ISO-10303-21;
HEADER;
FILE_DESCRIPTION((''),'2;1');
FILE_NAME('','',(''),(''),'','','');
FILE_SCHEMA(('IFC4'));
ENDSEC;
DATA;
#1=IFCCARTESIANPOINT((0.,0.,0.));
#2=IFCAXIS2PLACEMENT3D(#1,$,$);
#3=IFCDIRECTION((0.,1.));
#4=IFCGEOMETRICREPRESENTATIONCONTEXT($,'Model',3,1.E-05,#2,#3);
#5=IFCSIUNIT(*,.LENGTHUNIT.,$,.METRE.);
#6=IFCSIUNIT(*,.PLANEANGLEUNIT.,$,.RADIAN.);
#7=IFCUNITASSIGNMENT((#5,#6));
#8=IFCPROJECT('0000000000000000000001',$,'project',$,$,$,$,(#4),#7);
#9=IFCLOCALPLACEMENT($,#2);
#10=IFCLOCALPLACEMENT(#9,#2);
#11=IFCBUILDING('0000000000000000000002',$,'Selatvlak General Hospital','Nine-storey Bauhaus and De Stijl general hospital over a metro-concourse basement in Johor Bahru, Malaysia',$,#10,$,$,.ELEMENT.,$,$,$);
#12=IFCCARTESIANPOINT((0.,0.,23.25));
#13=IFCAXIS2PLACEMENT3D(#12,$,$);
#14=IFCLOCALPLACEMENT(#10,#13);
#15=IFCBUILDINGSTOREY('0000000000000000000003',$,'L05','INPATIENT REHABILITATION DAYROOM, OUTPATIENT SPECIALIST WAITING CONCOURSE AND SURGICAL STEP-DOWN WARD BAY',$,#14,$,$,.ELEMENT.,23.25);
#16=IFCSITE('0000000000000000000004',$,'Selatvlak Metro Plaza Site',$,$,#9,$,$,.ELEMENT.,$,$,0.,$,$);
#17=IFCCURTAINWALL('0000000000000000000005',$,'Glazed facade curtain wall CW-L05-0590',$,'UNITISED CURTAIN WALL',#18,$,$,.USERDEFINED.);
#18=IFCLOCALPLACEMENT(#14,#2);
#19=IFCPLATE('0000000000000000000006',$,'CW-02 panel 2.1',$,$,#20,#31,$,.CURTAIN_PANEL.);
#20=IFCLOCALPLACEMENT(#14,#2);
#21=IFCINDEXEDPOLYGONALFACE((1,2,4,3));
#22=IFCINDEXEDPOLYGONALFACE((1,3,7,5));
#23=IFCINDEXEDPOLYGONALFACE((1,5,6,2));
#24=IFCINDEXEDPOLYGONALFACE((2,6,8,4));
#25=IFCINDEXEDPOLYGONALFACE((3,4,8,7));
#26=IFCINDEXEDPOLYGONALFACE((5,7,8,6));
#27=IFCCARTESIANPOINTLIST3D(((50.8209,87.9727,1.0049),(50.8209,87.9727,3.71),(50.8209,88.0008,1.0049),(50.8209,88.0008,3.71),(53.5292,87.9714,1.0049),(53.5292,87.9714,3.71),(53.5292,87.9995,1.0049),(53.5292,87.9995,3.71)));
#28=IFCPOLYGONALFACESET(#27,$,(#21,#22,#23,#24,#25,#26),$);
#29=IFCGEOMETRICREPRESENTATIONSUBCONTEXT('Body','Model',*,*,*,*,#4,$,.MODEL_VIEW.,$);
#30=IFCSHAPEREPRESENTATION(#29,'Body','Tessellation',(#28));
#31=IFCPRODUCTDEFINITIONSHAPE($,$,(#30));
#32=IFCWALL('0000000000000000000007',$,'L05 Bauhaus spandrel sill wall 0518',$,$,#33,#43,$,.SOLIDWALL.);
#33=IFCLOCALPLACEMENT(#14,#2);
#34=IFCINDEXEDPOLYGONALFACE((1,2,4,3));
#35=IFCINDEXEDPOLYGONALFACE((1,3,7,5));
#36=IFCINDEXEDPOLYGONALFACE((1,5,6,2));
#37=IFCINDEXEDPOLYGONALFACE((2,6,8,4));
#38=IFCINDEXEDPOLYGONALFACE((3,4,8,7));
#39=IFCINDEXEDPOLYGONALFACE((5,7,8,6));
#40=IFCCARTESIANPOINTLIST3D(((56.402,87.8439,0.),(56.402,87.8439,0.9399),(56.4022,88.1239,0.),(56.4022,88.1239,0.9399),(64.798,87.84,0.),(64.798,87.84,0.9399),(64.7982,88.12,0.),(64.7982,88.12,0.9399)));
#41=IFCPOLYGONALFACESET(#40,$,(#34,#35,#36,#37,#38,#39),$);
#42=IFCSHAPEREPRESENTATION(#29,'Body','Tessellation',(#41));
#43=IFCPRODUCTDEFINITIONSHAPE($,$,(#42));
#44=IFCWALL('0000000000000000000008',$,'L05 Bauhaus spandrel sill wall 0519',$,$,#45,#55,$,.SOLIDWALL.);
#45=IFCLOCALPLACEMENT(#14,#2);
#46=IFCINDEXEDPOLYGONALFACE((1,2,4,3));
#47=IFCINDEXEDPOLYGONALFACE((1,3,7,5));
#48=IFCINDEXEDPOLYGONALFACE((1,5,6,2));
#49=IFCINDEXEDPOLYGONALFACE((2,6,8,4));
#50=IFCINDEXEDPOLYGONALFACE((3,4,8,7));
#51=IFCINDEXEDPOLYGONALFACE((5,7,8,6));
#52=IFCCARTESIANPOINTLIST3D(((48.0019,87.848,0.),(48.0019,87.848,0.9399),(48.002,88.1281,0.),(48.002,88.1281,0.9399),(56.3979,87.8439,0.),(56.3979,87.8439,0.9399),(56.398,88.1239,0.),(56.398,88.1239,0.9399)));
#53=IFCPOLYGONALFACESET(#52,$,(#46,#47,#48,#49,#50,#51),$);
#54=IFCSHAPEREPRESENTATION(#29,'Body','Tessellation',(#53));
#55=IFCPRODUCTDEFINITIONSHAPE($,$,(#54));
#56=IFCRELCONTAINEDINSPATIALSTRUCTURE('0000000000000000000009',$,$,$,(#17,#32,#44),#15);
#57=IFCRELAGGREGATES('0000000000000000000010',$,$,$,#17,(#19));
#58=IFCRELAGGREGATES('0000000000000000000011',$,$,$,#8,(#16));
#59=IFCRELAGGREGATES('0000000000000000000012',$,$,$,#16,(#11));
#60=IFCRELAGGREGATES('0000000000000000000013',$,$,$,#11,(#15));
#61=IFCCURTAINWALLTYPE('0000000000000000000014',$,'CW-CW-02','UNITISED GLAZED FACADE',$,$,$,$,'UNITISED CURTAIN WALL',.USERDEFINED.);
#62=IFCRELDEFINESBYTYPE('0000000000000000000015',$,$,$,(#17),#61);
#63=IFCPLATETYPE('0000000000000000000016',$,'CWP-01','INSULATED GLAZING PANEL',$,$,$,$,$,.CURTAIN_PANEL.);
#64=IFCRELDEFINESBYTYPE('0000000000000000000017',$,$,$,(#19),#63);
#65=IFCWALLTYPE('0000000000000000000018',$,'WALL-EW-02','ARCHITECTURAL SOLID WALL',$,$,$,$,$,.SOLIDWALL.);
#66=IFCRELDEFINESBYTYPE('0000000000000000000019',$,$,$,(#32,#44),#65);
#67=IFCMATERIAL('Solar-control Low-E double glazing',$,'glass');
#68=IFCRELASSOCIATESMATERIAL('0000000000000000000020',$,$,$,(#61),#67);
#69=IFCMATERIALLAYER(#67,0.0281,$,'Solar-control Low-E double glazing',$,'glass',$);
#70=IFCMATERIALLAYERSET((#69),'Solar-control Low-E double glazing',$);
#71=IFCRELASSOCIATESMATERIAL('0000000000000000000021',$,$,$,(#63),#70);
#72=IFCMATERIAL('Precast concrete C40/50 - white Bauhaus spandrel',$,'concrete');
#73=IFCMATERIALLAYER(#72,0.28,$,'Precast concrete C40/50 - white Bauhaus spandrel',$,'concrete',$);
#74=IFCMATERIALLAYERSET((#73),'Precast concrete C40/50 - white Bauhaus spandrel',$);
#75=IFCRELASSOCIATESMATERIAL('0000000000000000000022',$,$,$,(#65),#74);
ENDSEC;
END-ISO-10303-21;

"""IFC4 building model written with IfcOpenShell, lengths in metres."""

from ifc_helpers import new_model, si_unit, direction, frame, frame_2d, origin, origin_2d, place, context, subcontext, project, spatial, rectangle, extrude, material, layer, layer_set, type_object, element, aggregate, save


model = new_model("IFC4")

# Units and contexts
model_context = context("Model", 3, precision=1e-05, world=origin(), true_north=direction((0.0, 1.0)))
body_context = subcontext(model_context, "Body", "Model", "MODEL_VIEW")
ifc_project = project(units=[si_unit("LENGTHUNIT", "METRE"), si_unit("PLANEANGLEUNIT", "RADIAN")], contexts=[model_context])

# Site, building, storey
site_placement = place(None, origin())
site = spatial("IfcSite", under=ifc_project, at=site_placement, Name="Selatvlak Metro Plaza Site", CompositionType="ELEMENT", RefElevation=0.0)
building_placement = place(site_placement, origin())
building = spatial("IfcBuilding", under=site, at=building_placement, Name="Selatvlak General Hospital", Description="Nine-storey Bauhaus and De Stijl general hospital over a metro-concourse basement in Johor Bahru, Malaysia", CompositionType="ELEMENT")
storey_placement = place(building_placement, frame((0.0, 0.0, 23.25)))
storey = spatial("IfcBuildingStorey", under=building, at=storey_placement, Name="L05", Description="INPATIENT REHABILITATION DAYROOM, OUTPATIENT SPECIALIST WAITING CONCOURSE AND SURGICAL STEP-DOWN WARD BAY", CompositionType="ELEMENT", Elevation=23.25)

# Shared definitions
ifc_material_1 = material(Name="Solar-control Low-E double glazing", Category="glass")
curtain_wall_type_1 = type_object("IfcCurtainWallType", Name="CW-CW-02", Description="UNITISED GLAZED FACADE", ElementType="UNITISED CURTAIN WALL", PredefinedType="USERDEFINED", material=ifc_material_1)

# Curtain wall
curtain_wall_1_placement = place(storey_placement, origin())
curtain_wall_1 = element("IfcCurtainWall", 1, at=curtain_wall_1_placement, inside=storey, type_object=curtain_wall_type_1, Name="Glazed facade curtain wall CW-L05-0590", ObjectType="UNITISED CURTAIN WALL", PredefinedType="USERDEFINED")

# Plate
ifc_layer_1 = layer(ifc_material_1, 0.0281, Name="Solar-control Low-E double glazing", Category="glass")
ifc_layer_set_1 = layer_set([ifc_layer_1], Name="Solar-control Low-E double glazing")
plate_type = type_object("IfcPlateType", Name="CWP-01", Description="INSULATED GLAZING PANEL", PredefinedType="CURTAIN_PANEL", material=ifc_layer_set_1)
plate_1_placement = place(storey_placement, frame((52.175, 87.9861, 1.0049), z_axis=(0.0, 0.0, 1.0), x_axis=(-1.0, 0.000481, 0.0)))
plate_1 = element("IfcPlate", 2, at=plate_1_placement, type_object=plate_type, Name="CW-02 panel 2.1", PredefinedType="CURTAIN_PANEL", context=body_context, shape_type="SweptSolid", body=[
    extrude(rectangle(XDim=2.7083, YDim=0.0281, at=origin_2d()), origin(), (0.0, 0.0, 1.0), 2.7051),
])
aggregate(curtain_wall_1, [plate_1])

# Walls
ifc_material_2 = material(Name="Precast concrete C40/50 - white Bauhaus spandrel", Category="concrete")
ifc_layer_2 = layer(ifc_material_2, 0.28, Name="Precast concrete C40/50 - white Bauhaus spandrel", Category="concrete")
ifc_layer_set_2 = layer_set([ifc_layer_2], Name="Precast concrete C40/50 - white Bauhaus spandrel")
wall_type = type_object("IfcWallType", Name="WALL-EW-02", Description="ARCHITECTURAL SOLID WALL", PredefinedType="SOLIDWALL", material=ifc_layer_set_2)
for number, where, z_axis, x_axis, name in (
    (3, (64.7981, 87.98, 0.0), (0.0, 0.0, 1.0), (-1.0, 0.000465, 0.0), "L05 Bauhaus spandrel sill wall 0518"),
    (4, (56.3979, 87.9839, 0.0), (0.0, 0.0, 1.0), (-1.0, 0.000494, 0.0), "L05 Bauhaus spandrel sill wall 0519"),
):
    element("IfcWall", number, at=place(storey_placement, frame(where, z_axis=z_axis, x_axis=x_axis)), inside=storey, type_object=wall_type, Name=name, PredefinedType="SOLIDWALL", context=body_context, shape_type="SweptSolid", body=[
        extrude(rectangle(XDim=8.396, YDim=0.28, at=frame_2d((4.198, 0.0))), origin(), (0.0, 0.0, 1.0), 0.9399),
    ])

save(model, "model.ifc")
